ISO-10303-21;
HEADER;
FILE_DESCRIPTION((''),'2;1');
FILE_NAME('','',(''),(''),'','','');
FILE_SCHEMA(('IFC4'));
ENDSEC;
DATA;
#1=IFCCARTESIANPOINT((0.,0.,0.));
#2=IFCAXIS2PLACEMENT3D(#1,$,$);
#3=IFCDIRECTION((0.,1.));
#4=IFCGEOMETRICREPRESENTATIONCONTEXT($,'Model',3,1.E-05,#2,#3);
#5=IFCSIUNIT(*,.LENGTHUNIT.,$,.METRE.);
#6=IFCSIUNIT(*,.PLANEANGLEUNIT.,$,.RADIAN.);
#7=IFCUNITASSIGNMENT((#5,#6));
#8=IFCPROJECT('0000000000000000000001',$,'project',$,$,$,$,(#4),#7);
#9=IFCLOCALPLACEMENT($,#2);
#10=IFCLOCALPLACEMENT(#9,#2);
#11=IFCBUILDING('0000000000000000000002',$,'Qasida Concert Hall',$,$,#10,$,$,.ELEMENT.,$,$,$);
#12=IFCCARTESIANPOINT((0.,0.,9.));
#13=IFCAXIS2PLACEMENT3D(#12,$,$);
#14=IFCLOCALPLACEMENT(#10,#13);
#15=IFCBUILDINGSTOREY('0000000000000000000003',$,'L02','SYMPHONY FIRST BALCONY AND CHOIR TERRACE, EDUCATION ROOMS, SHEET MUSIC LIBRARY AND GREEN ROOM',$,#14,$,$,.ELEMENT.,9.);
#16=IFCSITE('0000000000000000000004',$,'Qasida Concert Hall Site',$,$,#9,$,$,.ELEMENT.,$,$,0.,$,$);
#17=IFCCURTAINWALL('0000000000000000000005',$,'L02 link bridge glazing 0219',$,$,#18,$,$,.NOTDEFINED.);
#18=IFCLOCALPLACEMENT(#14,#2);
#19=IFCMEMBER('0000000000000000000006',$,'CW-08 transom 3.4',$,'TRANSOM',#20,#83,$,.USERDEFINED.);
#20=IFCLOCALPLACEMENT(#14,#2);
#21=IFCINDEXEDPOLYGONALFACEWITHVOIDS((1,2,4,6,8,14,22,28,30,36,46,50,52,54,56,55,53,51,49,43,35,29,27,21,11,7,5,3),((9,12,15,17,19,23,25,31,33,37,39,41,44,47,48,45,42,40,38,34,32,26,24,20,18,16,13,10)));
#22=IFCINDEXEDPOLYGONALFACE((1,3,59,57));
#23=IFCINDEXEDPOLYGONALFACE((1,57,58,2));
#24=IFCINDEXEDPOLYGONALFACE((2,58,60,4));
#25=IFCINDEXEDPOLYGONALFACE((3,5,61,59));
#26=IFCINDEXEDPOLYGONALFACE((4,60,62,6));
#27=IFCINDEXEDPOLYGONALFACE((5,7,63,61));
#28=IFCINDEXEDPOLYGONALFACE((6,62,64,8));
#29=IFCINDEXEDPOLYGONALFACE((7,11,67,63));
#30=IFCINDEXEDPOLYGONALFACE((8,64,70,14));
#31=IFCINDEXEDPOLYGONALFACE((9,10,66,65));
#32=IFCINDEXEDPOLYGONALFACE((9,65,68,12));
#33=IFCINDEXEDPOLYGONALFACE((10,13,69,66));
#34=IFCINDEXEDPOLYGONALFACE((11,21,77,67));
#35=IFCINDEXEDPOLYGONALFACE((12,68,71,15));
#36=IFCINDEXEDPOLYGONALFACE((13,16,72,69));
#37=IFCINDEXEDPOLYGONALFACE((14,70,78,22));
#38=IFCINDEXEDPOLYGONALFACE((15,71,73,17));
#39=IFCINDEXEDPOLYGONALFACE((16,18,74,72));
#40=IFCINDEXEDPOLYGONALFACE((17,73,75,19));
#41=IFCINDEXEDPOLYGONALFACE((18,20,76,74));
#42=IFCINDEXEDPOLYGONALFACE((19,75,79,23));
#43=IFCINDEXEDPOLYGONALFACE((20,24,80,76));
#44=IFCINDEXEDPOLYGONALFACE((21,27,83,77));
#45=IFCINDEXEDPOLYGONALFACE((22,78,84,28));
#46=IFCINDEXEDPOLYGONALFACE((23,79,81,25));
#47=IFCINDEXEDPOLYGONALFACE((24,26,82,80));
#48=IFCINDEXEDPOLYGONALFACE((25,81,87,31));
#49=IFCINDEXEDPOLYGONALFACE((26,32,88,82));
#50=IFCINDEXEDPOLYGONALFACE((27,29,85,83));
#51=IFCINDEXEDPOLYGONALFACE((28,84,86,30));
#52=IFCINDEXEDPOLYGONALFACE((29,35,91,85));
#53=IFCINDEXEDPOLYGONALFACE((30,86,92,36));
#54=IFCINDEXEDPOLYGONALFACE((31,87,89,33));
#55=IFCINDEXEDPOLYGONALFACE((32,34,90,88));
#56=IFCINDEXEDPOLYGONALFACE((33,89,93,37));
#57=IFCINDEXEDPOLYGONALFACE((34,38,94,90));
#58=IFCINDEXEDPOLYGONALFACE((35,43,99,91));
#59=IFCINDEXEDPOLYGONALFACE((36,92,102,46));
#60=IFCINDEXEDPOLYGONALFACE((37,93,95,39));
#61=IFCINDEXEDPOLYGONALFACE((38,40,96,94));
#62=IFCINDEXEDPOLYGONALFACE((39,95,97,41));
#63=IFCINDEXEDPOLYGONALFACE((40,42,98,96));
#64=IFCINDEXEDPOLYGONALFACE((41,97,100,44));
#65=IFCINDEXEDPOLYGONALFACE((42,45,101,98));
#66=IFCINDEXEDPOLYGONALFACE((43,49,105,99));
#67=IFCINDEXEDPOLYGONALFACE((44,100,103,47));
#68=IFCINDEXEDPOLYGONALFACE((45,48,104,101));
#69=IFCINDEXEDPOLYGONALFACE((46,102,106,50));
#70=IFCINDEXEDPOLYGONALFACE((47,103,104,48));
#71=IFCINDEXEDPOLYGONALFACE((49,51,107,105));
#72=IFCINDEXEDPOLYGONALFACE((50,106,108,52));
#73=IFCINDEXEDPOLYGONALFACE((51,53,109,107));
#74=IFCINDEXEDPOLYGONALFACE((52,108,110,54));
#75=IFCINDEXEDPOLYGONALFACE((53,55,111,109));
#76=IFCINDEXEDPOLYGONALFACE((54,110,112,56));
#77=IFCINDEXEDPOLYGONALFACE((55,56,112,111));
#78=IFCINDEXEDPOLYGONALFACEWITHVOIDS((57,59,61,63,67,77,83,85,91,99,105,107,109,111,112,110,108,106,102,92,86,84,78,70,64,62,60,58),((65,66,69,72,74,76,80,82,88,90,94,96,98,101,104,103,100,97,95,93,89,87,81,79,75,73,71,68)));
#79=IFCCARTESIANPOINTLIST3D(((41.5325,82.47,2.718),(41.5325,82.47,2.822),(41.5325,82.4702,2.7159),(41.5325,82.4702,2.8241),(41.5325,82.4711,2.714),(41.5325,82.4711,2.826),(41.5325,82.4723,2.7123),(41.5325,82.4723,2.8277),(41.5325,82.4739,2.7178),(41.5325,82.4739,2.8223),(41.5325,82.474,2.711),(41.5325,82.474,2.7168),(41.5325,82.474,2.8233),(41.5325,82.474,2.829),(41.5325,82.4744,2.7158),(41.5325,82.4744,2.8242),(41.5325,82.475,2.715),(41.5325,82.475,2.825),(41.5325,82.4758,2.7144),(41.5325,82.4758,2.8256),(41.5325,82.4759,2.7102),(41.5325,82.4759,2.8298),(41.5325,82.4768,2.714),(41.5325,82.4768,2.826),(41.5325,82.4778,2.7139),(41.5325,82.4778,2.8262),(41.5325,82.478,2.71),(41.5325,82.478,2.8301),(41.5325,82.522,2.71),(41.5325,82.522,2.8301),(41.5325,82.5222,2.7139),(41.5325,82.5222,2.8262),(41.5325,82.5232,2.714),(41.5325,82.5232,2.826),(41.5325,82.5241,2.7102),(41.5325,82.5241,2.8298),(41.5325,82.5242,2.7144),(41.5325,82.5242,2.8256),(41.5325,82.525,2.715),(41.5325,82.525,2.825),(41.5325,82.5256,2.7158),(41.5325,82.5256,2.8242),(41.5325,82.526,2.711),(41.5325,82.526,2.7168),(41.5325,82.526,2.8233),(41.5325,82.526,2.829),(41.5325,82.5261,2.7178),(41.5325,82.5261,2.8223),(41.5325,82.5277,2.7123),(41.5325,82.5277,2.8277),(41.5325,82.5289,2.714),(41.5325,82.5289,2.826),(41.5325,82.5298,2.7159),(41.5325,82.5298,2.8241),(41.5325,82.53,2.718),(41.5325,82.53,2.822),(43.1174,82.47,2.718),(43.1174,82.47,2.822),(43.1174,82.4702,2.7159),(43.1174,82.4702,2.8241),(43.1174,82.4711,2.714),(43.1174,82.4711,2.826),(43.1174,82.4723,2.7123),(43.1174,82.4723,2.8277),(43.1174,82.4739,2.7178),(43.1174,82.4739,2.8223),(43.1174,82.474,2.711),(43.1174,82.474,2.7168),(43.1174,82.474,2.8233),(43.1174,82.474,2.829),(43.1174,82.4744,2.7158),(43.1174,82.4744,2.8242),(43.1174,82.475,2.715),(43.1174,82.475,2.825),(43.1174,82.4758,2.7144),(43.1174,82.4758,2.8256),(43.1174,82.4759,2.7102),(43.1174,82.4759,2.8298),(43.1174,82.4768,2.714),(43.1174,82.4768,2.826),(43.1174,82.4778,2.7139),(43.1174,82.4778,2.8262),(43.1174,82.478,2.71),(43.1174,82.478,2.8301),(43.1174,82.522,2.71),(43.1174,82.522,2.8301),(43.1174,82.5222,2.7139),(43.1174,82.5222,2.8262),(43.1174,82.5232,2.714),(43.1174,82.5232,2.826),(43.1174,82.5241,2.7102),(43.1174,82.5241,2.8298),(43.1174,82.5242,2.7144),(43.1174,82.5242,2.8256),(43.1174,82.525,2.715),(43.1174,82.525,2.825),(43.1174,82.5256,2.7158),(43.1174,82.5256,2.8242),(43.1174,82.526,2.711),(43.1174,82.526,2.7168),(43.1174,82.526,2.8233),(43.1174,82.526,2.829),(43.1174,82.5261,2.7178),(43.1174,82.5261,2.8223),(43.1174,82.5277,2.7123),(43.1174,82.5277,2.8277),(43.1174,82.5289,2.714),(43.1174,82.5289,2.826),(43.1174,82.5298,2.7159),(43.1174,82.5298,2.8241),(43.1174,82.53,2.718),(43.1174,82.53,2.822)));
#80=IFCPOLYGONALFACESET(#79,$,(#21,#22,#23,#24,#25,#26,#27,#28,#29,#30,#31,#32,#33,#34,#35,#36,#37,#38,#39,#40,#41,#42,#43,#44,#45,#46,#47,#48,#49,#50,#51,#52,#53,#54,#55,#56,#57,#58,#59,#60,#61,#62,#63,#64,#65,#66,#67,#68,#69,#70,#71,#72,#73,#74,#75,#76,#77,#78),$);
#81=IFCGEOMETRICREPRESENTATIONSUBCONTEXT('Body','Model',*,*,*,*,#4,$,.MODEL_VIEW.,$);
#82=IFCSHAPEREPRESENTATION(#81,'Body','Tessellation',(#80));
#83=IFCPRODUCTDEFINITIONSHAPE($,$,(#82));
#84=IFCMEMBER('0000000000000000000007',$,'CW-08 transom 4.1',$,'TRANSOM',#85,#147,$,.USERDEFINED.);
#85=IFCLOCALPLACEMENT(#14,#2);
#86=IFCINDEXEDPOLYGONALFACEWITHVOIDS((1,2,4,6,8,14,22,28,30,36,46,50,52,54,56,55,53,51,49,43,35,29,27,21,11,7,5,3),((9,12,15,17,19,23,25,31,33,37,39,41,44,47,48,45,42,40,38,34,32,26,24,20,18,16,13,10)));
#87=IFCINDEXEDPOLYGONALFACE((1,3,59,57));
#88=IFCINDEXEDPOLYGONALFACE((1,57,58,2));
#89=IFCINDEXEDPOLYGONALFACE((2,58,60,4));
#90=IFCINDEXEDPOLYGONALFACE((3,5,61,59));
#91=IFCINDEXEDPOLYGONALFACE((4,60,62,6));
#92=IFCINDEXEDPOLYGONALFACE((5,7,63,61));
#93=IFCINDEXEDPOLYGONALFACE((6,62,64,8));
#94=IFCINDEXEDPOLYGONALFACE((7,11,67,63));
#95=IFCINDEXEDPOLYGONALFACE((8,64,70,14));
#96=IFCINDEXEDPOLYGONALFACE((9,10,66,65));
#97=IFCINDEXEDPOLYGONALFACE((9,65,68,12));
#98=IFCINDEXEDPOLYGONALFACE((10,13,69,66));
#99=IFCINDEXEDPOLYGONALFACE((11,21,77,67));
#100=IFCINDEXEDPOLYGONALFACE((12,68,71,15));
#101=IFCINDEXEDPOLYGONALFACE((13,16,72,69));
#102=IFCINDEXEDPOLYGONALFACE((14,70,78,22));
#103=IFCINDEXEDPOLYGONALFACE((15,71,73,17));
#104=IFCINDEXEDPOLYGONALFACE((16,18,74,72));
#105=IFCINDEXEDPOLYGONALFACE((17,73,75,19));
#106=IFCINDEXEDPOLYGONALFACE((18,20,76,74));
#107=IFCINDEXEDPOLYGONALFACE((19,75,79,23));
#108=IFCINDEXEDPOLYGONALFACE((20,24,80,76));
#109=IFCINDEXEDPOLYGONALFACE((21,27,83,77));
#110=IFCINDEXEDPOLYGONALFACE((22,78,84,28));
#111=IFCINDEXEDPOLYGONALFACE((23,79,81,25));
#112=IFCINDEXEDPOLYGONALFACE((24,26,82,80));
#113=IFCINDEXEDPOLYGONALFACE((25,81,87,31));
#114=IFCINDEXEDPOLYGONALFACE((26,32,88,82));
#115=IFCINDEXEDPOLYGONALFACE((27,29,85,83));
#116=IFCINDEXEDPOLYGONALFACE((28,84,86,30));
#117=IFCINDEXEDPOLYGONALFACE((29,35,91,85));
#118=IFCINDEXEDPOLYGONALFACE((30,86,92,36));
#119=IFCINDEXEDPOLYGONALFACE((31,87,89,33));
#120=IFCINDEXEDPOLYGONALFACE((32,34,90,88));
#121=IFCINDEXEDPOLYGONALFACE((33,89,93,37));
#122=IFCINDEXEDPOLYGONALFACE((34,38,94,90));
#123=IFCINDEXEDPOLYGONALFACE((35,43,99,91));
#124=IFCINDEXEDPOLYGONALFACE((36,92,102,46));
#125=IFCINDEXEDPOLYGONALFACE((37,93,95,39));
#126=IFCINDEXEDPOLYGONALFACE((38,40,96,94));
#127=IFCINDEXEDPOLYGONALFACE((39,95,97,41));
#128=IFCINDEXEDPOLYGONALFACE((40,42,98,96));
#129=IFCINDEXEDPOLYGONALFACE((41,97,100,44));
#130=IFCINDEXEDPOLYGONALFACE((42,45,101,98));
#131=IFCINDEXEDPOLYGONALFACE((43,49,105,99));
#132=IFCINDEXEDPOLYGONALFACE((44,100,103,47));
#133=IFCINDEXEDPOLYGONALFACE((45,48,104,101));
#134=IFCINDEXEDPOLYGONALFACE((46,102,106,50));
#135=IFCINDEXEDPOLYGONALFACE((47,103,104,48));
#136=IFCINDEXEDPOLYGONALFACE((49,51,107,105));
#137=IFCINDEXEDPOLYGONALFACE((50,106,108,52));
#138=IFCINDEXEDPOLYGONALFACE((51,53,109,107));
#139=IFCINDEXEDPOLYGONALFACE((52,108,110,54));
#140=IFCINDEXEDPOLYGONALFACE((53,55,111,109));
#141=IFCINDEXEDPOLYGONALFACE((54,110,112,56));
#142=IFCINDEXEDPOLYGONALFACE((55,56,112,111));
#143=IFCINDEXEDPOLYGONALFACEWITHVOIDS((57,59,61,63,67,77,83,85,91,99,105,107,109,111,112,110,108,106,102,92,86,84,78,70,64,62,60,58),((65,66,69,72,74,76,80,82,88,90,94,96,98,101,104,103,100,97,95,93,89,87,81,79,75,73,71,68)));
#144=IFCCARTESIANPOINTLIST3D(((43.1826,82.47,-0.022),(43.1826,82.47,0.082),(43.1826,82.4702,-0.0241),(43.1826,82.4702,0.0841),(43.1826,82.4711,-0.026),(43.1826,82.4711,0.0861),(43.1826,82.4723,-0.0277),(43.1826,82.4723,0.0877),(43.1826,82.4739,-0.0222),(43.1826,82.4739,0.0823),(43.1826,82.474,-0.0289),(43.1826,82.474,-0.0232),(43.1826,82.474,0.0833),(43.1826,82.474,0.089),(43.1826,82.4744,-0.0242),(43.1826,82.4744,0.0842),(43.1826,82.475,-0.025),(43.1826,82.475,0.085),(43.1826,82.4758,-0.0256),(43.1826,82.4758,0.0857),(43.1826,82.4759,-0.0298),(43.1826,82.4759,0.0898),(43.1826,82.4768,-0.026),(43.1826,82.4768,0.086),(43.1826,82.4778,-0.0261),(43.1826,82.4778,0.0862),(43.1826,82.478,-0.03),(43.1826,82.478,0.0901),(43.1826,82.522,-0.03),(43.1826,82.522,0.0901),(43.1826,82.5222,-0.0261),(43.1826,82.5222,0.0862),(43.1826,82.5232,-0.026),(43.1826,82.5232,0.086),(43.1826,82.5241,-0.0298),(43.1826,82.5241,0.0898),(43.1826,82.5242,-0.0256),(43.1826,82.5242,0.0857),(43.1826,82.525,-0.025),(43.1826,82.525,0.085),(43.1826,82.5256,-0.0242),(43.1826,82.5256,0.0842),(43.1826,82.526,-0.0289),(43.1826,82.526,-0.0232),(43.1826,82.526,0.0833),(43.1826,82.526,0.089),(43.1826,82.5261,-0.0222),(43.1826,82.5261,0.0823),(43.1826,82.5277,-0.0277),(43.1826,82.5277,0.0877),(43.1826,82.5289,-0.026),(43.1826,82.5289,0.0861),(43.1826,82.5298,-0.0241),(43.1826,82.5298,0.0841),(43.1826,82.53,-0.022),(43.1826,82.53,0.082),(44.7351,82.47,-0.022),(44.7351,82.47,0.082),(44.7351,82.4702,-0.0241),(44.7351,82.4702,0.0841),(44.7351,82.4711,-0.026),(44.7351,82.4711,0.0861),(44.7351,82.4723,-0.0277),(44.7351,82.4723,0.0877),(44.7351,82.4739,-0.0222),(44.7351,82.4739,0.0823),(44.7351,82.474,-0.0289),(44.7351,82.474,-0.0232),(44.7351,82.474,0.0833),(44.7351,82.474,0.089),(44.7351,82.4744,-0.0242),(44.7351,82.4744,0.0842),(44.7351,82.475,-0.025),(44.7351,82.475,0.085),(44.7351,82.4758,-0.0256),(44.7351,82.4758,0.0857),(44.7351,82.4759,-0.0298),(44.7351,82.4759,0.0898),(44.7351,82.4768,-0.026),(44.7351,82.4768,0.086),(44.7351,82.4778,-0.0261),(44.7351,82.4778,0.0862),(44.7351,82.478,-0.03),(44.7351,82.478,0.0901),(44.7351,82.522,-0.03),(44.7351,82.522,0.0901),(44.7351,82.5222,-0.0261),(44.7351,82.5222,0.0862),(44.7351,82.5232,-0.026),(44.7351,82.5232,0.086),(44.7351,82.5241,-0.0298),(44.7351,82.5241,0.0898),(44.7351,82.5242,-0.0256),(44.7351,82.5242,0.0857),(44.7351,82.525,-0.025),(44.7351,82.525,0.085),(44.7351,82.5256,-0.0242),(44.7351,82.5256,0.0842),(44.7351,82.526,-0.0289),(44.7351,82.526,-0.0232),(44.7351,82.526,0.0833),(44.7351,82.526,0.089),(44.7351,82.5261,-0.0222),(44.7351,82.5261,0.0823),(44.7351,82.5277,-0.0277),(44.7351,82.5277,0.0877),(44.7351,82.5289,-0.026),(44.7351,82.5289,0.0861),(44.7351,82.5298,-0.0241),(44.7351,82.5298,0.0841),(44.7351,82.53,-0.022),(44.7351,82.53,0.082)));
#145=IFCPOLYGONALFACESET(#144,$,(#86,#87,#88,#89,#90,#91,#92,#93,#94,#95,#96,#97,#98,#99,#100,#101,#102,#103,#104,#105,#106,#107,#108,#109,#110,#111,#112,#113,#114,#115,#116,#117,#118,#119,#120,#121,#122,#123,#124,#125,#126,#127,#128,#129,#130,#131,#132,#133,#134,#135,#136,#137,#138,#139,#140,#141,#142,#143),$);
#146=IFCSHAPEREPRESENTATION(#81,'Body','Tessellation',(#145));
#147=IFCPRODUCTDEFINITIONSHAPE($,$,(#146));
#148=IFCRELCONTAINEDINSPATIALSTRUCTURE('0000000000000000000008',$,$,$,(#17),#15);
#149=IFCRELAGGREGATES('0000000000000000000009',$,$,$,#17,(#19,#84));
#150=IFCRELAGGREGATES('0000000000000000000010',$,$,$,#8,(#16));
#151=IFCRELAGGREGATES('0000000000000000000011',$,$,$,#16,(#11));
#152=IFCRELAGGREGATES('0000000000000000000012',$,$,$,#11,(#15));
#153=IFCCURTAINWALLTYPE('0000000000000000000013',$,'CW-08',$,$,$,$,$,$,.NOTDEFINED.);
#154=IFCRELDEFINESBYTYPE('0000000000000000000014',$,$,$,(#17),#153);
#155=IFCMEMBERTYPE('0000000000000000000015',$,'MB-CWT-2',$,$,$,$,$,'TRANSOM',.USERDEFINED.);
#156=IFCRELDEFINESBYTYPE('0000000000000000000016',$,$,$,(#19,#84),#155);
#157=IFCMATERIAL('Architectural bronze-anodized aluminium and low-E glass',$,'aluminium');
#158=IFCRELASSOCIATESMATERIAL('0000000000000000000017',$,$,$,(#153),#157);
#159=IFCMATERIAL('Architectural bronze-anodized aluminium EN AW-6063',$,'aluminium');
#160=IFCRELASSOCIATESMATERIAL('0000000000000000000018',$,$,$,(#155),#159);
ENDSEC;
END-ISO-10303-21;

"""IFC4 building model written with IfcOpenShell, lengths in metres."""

from ifc_helpers import new_model, si_unit, direction, frame, origin, origin_2d, place, context, subcontext, project, spatial, hollow_rectangle, extrude, material, material_profile, profile_set, type_object, element, aggregate, save


model = new_model("IFC4")

# Units and contexts
model_context = context("Model", 3, precision=1e-05, world=origin(), true_north=direction((0.0, 1.0)))
body_context = subcontext(model_context, "Body", "Model", "MODEL_VIEW")
ifc_project = project(units=[si_unit("LENGTHUNIT", "METRE"), si_unit("PLANEANGLEUNIT", "RADIAN")], contexts=[model_context])

# Site, building, storey
site_placement = place(None, origin())
site = spatial("IfcSite", under=ifc_project, at=site_placement, Name="Qasida Concert Hall Site", CompositionType="ELEMENT", RefElevation=0.0)
building_placement = place(site_placement, origin())
building = spatial("IfcBuilding", under=site, at=building_placement, Name="Qasida Concert Hall", CompositionType="ELEMENT")
storey_placement = place(building_placement, frame((0.0, 0.0, 9.0)))
storey = spatial("IfcBuildingStorey", under=building, at=storey_placement, Name="L02", Description="SYMPHONY FIRST BALCONY AND CHOIR TERRACE, EDUCATION ROOMS, SHEET MUSIC LIBRARY AND GREEN ROOM", CompositionType="ELEMENT", Elevation=9.0)

# Curtain wall
ifc_material_1 = material(Name="Architectural bronze-anodized aluminium and low-E glass", Category="aluminium")
curtain_wall_type = type_object("IfcCurtainWallType", Name="CW-08", PredefinedType="NOTDEFINED", material=ifc_material_1)
curtain_wall_1_placement = place(storey_placement, origin())
curtain_wall_1 = element("IfcCurtainWall", 1, at=curtain_wall_1_placement, inside=storey, type_object=curtain_wall_type, Name="L02 link bridge glazing 0219", PredefinedType="NOTDEFINED")
ifc_material_2 = material(Name="Architectural bronze-anodized aluminium EN AW-6063", Category="aluminium")

# Members
ifc_material_profile_1 = material_profile(ifc_material_2, hollow_rectangle(XDim=0.0601, YDim=0.1201, WallThickness=0.0039, InnerFilletRadius=0.0039, OuterFilletRadius=0.0081, at=origin_2d()), Name="CWT 120x60x4")
ifc_profile_set_1 = profile_set([ifc_material_profile_1], Name="Architectural bronze-anodized aluminium EN AW-6063")
member_type_1 = type_object("IfcMemberType", Name="MB-CWT-2", ElementType="TRANSOM", PredefinedType="USERDEFINED", material=ifc_profile_set_1)
member_1_placement = place(storey_placement, frame((41.5325, 82.5, 2.77), z_axis=(1.0, 0.0, 0.0), x_axis=(0.0, 1.0, 0.0)))
member_1 = element("IfcMember", 2, at=member_1_placement, type_object=member_type_1, Name="CW-08 transom 3.4", ObjectType="TRANSOM", PredefinedType="USERDEFINED", context=body_context, shape_type="SweptSolid", body=[
    extrude(hollow_rectangle(XDim=0.0601, YDim=0.1201, WallThickness=0.0039, InnerFilletRadius=0.0039, OuterFilletRadius=0.0081, at=origin_2d()), origin(), (0.0, 0.0, 1.0), 1.585),
])
member_2_placement = place(storey_placement, frame((43.1826, 82.5, 0.03), z_axis=(1.0, 0.0, 0.0), x_axis=(0.0, 1.0, 0.0)))
member_2 = element("IfcMember", 3, at=member_2_placement, type_object=member_type_1, Name="CW-08 transom 4.1", ObjectType="TRANSOM", PredefinedType="USERDEFINED", context=body_context, shape_type="SweptSolid", body=[
    extrude(hollow_rectangle(XDim=0.0601, YDim=0.1201, WallThickness=0.0039, InnerFilletRadius=0.0039, OuterFilletRadius=0.0081, at=origin_2d()), origin(), (0.0, 0.0, 1.0), 1.5525),
])

aggregate(curtain_wall_1, [member_1, member_2])

save(model, "model.ifc")
